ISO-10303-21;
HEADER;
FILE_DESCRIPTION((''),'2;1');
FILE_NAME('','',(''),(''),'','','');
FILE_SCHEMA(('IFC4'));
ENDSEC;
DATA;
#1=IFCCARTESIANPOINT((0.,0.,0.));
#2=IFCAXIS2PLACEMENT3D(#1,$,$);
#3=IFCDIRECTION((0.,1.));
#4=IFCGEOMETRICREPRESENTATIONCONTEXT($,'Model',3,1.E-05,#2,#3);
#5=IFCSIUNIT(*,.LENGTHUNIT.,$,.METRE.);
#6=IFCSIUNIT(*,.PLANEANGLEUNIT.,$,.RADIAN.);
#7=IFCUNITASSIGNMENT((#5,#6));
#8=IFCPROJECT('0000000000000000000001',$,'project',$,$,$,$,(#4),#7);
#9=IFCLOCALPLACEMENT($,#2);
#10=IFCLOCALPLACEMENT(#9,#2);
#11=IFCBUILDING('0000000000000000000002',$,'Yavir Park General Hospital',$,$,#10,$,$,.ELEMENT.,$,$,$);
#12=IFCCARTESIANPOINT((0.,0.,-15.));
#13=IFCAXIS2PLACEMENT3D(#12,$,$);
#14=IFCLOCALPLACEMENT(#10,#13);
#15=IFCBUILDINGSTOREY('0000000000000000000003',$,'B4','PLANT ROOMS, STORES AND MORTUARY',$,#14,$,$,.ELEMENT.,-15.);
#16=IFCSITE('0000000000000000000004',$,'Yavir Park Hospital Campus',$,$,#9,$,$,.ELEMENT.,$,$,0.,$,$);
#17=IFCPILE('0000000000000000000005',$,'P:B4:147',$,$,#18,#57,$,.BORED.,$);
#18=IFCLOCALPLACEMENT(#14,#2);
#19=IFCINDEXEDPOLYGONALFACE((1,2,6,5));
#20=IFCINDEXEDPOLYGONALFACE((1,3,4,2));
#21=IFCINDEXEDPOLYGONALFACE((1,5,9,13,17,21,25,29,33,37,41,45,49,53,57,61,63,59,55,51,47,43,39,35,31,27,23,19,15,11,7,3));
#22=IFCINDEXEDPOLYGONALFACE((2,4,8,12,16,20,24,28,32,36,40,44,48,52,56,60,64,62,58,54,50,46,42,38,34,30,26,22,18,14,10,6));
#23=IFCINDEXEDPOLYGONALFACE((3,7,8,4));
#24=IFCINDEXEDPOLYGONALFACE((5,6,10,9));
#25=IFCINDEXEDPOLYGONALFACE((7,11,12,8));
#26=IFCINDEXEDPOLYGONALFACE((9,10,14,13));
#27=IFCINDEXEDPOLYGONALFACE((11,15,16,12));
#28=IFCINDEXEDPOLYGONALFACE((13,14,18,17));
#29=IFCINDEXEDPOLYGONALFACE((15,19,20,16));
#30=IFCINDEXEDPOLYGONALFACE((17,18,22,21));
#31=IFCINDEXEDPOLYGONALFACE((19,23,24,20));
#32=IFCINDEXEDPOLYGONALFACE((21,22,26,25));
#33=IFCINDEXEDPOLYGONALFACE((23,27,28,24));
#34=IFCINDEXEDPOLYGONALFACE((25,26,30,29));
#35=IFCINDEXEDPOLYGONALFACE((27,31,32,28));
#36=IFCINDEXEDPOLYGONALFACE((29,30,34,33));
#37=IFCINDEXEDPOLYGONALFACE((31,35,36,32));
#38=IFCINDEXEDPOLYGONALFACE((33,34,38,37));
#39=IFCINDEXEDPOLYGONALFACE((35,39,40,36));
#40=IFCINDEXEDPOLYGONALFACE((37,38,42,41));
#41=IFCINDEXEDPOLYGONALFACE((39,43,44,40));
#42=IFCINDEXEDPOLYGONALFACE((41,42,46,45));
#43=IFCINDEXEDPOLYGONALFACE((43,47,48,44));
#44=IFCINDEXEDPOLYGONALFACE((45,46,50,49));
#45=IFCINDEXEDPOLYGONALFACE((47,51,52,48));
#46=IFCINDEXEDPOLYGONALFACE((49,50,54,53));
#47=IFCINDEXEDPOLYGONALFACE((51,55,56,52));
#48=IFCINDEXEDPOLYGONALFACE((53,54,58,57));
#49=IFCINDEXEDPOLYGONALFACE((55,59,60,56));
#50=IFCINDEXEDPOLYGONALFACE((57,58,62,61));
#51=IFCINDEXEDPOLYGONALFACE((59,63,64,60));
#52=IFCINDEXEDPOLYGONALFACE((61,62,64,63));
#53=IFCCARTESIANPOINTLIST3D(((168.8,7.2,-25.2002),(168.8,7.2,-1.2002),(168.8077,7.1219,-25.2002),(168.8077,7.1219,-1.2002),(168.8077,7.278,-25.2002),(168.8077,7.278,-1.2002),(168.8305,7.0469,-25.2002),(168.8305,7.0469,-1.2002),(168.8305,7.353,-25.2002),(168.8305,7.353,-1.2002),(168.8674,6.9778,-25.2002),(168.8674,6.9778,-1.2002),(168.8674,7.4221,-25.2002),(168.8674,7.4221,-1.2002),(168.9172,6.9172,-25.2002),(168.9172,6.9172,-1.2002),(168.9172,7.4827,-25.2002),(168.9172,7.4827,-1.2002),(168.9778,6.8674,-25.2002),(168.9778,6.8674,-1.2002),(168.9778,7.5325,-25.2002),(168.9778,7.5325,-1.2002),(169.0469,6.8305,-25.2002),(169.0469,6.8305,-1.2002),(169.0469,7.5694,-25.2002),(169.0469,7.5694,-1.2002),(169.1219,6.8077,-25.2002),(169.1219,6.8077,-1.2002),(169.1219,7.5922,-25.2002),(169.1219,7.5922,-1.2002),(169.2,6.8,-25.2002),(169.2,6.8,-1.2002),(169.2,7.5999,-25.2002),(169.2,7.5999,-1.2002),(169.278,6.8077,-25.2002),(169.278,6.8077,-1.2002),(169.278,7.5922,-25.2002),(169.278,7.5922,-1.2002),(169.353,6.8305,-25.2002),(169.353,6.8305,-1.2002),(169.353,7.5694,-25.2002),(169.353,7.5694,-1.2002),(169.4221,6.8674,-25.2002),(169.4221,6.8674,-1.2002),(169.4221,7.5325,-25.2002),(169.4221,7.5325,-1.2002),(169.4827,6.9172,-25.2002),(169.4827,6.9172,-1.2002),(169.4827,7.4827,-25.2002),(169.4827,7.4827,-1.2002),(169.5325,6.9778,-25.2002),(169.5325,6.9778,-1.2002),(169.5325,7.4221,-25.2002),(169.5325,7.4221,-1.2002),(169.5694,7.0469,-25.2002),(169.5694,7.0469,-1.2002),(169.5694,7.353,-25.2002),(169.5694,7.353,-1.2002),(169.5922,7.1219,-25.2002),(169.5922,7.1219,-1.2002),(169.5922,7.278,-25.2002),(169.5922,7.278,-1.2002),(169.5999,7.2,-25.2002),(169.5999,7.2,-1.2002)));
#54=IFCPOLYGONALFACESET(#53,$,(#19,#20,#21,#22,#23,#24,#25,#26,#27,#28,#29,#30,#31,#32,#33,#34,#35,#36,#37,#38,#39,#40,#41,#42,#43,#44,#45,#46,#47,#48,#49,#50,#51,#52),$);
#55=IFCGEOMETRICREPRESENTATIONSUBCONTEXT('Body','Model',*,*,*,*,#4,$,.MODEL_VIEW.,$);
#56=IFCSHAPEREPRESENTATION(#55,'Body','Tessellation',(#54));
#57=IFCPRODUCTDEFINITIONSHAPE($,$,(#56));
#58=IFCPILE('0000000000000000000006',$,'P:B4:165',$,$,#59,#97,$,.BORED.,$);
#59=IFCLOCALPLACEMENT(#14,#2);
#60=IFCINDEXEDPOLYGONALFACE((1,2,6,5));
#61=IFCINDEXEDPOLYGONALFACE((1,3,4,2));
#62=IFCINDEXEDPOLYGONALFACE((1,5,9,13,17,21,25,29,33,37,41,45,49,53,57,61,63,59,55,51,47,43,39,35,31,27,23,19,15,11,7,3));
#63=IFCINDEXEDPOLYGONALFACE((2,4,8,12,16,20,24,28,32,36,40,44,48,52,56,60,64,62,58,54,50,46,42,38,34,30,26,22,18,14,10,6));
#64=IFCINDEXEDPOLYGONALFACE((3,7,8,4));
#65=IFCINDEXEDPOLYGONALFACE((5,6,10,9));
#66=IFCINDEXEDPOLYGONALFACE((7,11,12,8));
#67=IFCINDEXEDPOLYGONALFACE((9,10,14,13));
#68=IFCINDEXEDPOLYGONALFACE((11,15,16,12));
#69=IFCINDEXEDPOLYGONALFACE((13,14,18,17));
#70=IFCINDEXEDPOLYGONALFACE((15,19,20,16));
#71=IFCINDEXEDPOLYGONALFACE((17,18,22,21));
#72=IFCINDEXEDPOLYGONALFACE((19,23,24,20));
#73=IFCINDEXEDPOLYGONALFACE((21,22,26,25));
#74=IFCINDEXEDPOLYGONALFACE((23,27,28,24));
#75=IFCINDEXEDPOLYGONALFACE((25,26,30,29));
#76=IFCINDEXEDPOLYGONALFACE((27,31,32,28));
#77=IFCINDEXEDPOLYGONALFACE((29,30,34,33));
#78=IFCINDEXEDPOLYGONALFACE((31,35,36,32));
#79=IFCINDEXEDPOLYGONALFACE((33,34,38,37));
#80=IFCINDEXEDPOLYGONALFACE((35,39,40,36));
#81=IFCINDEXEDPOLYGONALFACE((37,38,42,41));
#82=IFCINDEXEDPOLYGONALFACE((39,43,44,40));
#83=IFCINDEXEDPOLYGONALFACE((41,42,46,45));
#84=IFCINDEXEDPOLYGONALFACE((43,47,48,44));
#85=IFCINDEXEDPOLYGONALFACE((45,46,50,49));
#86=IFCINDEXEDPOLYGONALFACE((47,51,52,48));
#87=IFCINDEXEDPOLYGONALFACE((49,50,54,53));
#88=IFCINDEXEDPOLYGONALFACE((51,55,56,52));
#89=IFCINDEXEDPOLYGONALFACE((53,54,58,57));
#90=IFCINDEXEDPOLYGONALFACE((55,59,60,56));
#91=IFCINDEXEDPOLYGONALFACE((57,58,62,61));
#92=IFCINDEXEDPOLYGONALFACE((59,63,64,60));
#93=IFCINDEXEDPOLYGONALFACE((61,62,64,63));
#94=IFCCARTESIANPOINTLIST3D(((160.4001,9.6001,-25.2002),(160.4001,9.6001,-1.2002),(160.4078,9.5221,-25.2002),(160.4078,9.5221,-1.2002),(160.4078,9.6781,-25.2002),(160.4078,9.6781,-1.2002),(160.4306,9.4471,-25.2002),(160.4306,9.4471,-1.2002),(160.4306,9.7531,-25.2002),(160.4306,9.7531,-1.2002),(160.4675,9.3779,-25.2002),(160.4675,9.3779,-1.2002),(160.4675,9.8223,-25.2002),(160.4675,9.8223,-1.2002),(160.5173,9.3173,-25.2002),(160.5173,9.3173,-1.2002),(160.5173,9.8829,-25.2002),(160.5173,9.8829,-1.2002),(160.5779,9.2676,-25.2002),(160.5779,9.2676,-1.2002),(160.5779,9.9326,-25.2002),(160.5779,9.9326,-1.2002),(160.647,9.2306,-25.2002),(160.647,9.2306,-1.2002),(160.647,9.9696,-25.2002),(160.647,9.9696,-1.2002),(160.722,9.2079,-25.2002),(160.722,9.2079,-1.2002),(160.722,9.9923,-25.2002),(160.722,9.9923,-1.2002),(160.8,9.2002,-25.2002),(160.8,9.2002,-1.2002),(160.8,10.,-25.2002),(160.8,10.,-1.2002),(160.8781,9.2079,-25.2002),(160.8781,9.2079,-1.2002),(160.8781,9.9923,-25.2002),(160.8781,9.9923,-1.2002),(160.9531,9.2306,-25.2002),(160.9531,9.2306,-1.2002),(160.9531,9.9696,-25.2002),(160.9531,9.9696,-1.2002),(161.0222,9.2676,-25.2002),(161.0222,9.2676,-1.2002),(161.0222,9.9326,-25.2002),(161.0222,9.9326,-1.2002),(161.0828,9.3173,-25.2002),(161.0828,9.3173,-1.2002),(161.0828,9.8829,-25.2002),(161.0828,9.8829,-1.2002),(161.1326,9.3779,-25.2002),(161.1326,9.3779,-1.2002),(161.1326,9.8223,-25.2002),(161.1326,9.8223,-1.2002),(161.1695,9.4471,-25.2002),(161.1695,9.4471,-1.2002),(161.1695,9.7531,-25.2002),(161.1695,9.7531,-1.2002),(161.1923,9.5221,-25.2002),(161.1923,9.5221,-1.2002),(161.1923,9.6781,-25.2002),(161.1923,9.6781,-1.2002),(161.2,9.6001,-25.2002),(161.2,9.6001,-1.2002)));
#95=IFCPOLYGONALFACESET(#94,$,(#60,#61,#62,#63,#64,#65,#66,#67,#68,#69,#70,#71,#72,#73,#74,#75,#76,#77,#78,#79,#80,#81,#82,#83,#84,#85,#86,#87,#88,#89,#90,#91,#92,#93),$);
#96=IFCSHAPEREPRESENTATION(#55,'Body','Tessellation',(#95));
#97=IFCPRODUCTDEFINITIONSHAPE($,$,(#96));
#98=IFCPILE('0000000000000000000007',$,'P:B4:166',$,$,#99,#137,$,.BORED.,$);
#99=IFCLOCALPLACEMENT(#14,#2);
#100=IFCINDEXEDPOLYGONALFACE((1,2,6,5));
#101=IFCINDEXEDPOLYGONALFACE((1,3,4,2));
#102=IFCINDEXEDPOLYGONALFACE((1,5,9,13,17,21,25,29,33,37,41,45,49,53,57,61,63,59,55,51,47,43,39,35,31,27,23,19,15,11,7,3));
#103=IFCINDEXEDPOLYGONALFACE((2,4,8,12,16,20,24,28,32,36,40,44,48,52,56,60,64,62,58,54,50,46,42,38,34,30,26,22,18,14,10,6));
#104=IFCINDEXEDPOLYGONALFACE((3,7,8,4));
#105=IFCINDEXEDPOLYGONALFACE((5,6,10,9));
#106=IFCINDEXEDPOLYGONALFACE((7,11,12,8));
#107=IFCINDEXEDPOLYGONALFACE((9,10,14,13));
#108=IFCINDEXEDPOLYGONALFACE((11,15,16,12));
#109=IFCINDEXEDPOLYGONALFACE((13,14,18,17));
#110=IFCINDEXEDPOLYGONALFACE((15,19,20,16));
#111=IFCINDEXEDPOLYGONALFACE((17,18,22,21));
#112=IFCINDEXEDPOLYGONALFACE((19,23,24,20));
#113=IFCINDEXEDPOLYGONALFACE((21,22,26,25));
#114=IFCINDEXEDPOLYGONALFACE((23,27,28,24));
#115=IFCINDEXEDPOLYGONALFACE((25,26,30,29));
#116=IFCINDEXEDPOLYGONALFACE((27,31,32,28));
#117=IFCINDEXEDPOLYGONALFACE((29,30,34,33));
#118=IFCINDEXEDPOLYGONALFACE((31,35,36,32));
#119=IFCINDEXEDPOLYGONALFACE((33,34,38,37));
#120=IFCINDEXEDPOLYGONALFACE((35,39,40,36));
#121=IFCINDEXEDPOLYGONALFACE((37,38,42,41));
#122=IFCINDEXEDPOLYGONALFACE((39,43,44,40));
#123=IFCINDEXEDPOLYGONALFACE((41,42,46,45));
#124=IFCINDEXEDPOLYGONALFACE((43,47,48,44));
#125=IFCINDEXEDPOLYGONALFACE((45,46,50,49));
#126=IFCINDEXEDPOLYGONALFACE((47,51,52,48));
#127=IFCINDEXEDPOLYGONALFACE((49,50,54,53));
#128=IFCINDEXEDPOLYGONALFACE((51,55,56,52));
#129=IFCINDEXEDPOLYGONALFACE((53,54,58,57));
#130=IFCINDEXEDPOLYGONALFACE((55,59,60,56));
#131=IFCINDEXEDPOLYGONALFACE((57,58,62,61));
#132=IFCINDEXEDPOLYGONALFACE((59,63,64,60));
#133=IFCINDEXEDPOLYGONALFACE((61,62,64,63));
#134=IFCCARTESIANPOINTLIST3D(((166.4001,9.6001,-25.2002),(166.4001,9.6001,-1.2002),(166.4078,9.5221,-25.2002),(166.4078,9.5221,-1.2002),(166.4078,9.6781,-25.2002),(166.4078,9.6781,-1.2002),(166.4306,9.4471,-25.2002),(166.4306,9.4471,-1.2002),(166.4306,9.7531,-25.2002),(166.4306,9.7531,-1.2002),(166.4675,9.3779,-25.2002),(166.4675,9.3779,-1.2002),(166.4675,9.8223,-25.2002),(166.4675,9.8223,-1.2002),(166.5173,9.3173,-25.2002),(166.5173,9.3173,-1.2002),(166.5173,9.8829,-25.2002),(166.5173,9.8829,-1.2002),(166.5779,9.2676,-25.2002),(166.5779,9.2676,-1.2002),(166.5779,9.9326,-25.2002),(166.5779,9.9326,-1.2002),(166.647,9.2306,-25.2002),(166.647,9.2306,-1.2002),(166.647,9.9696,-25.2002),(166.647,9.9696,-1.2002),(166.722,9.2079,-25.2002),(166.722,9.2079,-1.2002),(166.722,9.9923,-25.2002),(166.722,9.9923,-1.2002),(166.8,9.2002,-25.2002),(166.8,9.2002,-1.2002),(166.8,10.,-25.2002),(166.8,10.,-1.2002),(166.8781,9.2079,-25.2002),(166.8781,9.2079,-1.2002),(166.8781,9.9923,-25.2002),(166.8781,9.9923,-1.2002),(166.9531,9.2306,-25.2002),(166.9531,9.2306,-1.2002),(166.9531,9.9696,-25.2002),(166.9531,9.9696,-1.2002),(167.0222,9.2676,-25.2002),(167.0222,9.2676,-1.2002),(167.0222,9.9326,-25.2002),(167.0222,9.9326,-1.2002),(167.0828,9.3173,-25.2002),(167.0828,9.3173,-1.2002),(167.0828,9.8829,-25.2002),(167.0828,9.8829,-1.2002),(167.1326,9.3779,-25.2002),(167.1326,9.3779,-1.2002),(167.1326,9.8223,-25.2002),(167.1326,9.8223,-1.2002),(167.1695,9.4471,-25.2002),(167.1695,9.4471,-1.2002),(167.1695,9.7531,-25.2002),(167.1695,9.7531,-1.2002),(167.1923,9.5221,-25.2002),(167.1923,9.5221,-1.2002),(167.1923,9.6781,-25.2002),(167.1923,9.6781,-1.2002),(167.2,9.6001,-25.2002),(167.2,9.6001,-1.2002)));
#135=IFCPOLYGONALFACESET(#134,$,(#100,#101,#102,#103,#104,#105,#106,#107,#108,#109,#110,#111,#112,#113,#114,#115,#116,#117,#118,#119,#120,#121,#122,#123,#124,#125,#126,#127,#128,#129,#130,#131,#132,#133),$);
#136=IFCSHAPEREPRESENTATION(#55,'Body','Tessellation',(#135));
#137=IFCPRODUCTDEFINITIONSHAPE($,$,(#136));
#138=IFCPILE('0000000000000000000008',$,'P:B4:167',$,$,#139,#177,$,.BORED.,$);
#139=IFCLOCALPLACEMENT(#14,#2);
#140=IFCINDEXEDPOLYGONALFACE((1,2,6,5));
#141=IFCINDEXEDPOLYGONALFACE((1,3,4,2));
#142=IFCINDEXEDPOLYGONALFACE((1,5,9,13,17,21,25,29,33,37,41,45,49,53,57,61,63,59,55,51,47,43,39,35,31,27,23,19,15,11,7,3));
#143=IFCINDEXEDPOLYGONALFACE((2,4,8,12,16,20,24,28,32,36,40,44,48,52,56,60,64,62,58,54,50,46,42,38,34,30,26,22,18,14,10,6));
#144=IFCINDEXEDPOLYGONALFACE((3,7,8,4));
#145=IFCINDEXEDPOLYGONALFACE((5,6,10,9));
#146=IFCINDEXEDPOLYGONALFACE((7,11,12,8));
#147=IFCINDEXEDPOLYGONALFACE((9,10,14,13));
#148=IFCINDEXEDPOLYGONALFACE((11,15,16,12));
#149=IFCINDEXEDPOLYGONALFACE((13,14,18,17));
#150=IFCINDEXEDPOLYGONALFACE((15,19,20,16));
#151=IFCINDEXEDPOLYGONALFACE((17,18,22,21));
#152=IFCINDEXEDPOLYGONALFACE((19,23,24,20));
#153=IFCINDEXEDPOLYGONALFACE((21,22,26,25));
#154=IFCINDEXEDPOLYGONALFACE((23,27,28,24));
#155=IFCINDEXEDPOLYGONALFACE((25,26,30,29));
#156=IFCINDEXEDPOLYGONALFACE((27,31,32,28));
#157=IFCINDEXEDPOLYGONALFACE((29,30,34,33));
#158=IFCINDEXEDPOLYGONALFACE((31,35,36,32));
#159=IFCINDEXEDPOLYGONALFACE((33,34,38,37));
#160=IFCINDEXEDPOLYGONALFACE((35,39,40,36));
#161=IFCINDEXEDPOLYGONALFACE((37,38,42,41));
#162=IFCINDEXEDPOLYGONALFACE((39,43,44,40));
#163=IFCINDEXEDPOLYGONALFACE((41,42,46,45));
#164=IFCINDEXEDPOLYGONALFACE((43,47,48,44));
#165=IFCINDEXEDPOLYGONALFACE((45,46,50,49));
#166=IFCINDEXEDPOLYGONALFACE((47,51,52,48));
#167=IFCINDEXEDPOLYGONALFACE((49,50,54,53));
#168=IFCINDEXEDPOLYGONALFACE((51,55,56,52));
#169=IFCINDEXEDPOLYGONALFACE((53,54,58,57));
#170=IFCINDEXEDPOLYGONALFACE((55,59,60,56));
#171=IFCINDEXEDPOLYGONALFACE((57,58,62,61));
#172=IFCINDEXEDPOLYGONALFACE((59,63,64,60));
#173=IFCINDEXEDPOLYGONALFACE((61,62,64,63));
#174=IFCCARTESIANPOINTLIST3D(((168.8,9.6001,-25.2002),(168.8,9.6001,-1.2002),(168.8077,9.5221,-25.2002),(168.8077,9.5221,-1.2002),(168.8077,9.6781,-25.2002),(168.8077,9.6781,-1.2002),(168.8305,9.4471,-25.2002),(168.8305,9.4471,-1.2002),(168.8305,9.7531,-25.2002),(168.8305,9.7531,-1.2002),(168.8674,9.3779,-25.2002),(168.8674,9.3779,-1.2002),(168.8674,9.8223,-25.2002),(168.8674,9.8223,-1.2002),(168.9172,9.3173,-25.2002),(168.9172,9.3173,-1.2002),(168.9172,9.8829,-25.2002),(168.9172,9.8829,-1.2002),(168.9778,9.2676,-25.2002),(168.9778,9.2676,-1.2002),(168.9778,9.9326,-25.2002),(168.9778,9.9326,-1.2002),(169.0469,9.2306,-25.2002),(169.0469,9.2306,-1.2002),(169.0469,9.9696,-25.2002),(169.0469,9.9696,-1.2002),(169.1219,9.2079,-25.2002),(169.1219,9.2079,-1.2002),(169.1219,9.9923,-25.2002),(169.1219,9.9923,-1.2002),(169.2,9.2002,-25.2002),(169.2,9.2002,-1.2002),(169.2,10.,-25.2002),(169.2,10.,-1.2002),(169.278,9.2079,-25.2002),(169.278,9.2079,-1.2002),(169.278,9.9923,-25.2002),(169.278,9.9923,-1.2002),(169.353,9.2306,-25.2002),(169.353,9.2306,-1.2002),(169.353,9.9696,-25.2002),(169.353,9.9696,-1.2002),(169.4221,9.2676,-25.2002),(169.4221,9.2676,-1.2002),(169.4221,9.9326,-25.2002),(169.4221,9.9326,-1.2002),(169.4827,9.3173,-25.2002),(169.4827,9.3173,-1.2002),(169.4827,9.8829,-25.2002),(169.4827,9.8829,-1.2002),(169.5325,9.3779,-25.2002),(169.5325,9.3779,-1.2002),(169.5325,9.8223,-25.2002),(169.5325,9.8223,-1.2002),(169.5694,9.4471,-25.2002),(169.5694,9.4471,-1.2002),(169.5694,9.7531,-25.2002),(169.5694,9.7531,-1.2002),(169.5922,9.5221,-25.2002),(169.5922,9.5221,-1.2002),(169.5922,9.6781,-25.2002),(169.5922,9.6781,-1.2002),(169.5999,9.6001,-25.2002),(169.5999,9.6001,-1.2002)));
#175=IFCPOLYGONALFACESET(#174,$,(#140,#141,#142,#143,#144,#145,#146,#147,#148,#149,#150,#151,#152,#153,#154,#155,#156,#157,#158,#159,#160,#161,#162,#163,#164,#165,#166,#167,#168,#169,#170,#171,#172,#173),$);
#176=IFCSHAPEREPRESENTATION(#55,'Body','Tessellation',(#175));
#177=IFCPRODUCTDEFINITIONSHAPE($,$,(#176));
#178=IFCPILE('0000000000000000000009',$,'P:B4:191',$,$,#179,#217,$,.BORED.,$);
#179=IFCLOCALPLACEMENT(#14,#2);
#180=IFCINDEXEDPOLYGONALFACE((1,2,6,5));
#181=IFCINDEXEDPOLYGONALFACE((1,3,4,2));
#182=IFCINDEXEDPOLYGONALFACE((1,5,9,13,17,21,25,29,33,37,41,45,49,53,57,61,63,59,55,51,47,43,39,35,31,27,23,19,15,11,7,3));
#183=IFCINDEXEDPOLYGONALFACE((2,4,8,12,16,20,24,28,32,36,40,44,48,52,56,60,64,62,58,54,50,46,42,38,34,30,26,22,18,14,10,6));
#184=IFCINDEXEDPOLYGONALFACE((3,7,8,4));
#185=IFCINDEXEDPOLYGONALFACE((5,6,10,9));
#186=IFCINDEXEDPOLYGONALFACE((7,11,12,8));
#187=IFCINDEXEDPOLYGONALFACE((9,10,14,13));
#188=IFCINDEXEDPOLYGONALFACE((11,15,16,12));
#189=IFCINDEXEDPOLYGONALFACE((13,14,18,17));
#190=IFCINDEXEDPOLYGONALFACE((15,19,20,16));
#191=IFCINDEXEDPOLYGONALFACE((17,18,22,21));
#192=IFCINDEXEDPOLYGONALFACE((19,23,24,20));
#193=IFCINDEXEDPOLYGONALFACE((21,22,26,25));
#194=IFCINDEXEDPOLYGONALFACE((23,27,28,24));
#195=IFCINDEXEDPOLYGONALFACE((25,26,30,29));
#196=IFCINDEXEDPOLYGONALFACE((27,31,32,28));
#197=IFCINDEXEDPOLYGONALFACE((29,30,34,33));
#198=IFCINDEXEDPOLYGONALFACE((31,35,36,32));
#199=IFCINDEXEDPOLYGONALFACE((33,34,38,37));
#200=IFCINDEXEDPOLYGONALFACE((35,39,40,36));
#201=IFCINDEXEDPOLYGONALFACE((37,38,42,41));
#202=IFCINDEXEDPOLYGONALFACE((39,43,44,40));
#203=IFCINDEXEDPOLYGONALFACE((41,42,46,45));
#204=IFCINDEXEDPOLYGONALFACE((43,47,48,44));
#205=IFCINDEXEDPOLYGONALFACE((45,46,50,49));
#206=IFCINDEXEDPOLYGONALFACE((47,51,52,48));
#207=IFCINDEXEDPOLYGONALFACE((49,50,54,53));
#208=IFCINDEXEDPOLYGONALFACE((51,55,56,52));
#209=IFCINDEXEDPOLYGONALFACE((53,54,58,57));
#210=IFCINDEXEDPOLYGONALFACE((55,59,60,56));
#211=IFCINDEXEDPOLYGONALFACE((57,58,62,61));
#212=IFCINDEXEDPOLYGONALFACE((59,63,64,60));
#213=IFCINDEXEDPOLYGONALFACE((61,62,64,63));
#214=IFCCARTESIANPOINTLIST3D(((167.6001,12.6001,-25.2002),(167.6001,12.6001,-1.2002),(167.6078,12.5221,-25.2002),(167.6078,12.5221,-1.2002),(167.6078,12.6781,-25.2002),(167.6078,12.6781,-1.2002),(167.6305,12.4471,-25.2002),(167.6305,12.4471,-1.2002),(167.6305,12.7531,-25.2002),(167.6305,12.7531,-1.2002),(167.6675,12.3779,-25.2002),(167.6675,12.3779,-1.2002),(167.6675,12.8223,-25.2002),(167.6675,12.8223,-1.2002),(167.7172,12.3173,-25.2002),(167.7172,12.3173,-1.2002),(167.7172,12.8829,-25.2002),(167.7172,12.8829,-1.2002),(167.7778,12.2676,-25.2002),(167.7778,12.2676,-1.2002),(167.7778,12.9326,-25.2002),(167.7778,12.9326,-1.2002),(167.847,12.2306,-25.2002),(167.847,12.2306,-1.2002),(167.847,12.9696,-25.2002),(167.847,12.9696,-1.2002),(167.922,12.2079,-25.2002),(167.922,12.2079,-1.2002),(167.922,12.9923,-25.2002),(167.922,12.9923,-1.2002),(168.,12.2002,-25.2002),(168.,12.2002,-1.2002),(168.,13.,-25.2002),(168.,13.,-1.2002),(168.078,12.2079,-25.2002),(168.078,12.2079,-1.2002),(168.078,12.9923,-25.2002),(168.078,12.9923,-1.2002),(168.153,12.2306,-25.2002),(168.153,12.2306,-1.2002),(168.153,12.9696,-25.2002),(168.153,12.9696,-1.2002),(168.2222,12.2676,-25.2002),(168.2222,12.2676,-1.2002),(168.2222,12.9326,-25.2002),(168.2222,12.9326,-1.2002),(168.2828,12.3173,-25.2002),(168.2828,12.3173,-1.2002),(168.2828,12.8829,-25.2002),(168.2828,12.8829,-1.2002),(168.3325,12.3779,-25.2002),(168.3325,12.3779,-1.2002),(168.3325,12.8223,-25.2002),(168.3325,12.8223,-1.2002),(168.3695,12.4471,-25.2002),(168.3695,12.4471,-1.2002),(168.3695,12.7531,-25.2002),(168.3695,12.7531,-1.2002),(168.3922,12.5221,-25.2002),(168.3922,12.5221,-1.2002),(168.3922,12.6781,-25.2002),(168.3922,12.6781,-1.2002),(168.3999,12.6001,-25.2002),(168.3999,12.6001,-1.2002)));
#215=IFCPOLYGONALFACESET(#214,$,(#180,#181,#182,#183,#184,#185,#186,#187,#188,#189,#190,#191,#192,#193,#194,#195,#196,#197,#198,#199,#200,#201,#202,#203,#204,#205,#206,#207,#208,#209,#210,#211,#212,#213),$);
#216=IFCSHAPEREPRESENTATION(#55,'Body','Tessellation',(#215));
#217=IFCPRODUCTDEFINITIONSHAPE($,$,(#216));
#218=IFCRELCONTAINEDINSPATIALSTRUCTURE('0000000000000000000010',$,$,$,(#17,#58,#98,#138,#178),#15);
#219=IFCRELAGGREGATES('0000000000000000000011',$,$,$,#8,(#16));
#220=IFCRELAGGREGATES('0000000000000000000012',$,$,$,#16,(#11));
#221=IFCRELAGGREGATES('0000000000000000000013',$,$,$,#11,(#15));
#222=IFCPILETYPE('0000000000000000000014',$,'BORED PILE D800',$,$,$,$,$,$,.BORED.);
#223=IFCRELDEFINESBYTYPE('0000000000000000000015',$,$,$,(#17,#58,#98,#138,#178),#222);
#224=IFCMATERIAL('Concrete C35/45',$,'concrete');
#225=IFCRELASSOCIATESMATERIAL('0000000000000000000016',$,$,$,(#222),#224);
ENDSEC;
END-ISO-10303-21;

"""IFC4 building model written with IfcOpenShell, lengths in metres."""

from ifc_helpers import new_model, si_unit, direction, frame, origin, origin_2d, place, context, subcontext, project, spatial, circle, extrude, material, material_profile, profile_set, type_object, element, save


model = new_model("IFC4")

# Units and contexts
model_context = context("Model", 3, precision=1e-05, world=origin(), true_north=direction((0.0, 1.0)))
body_context = subcontext(model_context, "Body", "Model", "MODEL_VIEW")
ifc_project = project(units=[si_unit("LENGTHUNIT", "METRE"), si_unit("PLANEANGLEUNIT", "RADIAN")], contexts=[model_context])

# Site, building, storey
site_placement = place(None, origin())
site = spatial("IfcSite", under=ifc_project, at=site_placement, Name="Yavir Park Hospital Campus", CompositionType="ELEMENT", RefElevation=0.0)
building_placement = place(site_placement, origin())
building = spatial("IfcBuilding", under=site, at=building_placement, Name="Yavir Park General Hospital", CompositionType="ELEMENT")
storey_placement = place(building_placement, frame((0.0, 0.0, -15.0)))
storey = spatial("IfcBuildingStorey", under=building, at=storey_placement, Name="B4", Description="PLANT ROOMS, STORES AND MORTUARY", CompositionType="ELEMENT", Elevation=-15.0)

# Piles
ifc_material_1 = material(Name="Concrete C35/45", Category="concrete")
ifc_material_profile_1 = material_profile(ifc_material_1, circle(Radius=0.3999, at=origin_2d()), Name="D800")
ifc_profile_set_1 = profile_set([ifc_material_profile_1], Name="Concrete C35/45")
pile_type = type_object("IfcPileType", Name="BORED PILE D800", PredefinedType="BORED", material=ifc_profile_set_1)
for number, where, z_axis, x_axis, name in (
    (1, (169.2, 7.2, -1.2002), (0.0, 0.0, -1.0), (1.0, 0.0, 0.0), "P:B4:147"),
    (2, (160.8, 9.6001, -1.2002), (0.0, 0.0, -1.0), (1.0, 0.0, 0.0), "P:B4:165"),
    (3, (166.8, 9.6001, -1.2002), (0.0, 0.0, -1.0), (1.0, 0.0, 0.0), "P:B4:166"),
    (4, (169.2, 9.6001, -1.2002), (0.0, 0.0, -1.0), (1.0, 0.0, 0.0), "P:B4:167"),
    (5, (168.0, 12.6001, -1.2002), (0.0, 0.0, -1.0), (1.0, 0.0, 0.0), "P:B4:191"),
):
    element("IfcPile", number, at=place(storey_placement, frame(where, z_axis=z_axis, x_axis=x_axis)), inside=storey, type_object=pile_type, Name=name, PredefinedType="BORED", context=body_context, shape_type="SweptSolid", body=[
        extrude(circle(Radius=0.3999, at=origin_2d()), origin(), (0.0, 0.0, 1.0), 24.0),
    ])

save(model, "model.ifc")
